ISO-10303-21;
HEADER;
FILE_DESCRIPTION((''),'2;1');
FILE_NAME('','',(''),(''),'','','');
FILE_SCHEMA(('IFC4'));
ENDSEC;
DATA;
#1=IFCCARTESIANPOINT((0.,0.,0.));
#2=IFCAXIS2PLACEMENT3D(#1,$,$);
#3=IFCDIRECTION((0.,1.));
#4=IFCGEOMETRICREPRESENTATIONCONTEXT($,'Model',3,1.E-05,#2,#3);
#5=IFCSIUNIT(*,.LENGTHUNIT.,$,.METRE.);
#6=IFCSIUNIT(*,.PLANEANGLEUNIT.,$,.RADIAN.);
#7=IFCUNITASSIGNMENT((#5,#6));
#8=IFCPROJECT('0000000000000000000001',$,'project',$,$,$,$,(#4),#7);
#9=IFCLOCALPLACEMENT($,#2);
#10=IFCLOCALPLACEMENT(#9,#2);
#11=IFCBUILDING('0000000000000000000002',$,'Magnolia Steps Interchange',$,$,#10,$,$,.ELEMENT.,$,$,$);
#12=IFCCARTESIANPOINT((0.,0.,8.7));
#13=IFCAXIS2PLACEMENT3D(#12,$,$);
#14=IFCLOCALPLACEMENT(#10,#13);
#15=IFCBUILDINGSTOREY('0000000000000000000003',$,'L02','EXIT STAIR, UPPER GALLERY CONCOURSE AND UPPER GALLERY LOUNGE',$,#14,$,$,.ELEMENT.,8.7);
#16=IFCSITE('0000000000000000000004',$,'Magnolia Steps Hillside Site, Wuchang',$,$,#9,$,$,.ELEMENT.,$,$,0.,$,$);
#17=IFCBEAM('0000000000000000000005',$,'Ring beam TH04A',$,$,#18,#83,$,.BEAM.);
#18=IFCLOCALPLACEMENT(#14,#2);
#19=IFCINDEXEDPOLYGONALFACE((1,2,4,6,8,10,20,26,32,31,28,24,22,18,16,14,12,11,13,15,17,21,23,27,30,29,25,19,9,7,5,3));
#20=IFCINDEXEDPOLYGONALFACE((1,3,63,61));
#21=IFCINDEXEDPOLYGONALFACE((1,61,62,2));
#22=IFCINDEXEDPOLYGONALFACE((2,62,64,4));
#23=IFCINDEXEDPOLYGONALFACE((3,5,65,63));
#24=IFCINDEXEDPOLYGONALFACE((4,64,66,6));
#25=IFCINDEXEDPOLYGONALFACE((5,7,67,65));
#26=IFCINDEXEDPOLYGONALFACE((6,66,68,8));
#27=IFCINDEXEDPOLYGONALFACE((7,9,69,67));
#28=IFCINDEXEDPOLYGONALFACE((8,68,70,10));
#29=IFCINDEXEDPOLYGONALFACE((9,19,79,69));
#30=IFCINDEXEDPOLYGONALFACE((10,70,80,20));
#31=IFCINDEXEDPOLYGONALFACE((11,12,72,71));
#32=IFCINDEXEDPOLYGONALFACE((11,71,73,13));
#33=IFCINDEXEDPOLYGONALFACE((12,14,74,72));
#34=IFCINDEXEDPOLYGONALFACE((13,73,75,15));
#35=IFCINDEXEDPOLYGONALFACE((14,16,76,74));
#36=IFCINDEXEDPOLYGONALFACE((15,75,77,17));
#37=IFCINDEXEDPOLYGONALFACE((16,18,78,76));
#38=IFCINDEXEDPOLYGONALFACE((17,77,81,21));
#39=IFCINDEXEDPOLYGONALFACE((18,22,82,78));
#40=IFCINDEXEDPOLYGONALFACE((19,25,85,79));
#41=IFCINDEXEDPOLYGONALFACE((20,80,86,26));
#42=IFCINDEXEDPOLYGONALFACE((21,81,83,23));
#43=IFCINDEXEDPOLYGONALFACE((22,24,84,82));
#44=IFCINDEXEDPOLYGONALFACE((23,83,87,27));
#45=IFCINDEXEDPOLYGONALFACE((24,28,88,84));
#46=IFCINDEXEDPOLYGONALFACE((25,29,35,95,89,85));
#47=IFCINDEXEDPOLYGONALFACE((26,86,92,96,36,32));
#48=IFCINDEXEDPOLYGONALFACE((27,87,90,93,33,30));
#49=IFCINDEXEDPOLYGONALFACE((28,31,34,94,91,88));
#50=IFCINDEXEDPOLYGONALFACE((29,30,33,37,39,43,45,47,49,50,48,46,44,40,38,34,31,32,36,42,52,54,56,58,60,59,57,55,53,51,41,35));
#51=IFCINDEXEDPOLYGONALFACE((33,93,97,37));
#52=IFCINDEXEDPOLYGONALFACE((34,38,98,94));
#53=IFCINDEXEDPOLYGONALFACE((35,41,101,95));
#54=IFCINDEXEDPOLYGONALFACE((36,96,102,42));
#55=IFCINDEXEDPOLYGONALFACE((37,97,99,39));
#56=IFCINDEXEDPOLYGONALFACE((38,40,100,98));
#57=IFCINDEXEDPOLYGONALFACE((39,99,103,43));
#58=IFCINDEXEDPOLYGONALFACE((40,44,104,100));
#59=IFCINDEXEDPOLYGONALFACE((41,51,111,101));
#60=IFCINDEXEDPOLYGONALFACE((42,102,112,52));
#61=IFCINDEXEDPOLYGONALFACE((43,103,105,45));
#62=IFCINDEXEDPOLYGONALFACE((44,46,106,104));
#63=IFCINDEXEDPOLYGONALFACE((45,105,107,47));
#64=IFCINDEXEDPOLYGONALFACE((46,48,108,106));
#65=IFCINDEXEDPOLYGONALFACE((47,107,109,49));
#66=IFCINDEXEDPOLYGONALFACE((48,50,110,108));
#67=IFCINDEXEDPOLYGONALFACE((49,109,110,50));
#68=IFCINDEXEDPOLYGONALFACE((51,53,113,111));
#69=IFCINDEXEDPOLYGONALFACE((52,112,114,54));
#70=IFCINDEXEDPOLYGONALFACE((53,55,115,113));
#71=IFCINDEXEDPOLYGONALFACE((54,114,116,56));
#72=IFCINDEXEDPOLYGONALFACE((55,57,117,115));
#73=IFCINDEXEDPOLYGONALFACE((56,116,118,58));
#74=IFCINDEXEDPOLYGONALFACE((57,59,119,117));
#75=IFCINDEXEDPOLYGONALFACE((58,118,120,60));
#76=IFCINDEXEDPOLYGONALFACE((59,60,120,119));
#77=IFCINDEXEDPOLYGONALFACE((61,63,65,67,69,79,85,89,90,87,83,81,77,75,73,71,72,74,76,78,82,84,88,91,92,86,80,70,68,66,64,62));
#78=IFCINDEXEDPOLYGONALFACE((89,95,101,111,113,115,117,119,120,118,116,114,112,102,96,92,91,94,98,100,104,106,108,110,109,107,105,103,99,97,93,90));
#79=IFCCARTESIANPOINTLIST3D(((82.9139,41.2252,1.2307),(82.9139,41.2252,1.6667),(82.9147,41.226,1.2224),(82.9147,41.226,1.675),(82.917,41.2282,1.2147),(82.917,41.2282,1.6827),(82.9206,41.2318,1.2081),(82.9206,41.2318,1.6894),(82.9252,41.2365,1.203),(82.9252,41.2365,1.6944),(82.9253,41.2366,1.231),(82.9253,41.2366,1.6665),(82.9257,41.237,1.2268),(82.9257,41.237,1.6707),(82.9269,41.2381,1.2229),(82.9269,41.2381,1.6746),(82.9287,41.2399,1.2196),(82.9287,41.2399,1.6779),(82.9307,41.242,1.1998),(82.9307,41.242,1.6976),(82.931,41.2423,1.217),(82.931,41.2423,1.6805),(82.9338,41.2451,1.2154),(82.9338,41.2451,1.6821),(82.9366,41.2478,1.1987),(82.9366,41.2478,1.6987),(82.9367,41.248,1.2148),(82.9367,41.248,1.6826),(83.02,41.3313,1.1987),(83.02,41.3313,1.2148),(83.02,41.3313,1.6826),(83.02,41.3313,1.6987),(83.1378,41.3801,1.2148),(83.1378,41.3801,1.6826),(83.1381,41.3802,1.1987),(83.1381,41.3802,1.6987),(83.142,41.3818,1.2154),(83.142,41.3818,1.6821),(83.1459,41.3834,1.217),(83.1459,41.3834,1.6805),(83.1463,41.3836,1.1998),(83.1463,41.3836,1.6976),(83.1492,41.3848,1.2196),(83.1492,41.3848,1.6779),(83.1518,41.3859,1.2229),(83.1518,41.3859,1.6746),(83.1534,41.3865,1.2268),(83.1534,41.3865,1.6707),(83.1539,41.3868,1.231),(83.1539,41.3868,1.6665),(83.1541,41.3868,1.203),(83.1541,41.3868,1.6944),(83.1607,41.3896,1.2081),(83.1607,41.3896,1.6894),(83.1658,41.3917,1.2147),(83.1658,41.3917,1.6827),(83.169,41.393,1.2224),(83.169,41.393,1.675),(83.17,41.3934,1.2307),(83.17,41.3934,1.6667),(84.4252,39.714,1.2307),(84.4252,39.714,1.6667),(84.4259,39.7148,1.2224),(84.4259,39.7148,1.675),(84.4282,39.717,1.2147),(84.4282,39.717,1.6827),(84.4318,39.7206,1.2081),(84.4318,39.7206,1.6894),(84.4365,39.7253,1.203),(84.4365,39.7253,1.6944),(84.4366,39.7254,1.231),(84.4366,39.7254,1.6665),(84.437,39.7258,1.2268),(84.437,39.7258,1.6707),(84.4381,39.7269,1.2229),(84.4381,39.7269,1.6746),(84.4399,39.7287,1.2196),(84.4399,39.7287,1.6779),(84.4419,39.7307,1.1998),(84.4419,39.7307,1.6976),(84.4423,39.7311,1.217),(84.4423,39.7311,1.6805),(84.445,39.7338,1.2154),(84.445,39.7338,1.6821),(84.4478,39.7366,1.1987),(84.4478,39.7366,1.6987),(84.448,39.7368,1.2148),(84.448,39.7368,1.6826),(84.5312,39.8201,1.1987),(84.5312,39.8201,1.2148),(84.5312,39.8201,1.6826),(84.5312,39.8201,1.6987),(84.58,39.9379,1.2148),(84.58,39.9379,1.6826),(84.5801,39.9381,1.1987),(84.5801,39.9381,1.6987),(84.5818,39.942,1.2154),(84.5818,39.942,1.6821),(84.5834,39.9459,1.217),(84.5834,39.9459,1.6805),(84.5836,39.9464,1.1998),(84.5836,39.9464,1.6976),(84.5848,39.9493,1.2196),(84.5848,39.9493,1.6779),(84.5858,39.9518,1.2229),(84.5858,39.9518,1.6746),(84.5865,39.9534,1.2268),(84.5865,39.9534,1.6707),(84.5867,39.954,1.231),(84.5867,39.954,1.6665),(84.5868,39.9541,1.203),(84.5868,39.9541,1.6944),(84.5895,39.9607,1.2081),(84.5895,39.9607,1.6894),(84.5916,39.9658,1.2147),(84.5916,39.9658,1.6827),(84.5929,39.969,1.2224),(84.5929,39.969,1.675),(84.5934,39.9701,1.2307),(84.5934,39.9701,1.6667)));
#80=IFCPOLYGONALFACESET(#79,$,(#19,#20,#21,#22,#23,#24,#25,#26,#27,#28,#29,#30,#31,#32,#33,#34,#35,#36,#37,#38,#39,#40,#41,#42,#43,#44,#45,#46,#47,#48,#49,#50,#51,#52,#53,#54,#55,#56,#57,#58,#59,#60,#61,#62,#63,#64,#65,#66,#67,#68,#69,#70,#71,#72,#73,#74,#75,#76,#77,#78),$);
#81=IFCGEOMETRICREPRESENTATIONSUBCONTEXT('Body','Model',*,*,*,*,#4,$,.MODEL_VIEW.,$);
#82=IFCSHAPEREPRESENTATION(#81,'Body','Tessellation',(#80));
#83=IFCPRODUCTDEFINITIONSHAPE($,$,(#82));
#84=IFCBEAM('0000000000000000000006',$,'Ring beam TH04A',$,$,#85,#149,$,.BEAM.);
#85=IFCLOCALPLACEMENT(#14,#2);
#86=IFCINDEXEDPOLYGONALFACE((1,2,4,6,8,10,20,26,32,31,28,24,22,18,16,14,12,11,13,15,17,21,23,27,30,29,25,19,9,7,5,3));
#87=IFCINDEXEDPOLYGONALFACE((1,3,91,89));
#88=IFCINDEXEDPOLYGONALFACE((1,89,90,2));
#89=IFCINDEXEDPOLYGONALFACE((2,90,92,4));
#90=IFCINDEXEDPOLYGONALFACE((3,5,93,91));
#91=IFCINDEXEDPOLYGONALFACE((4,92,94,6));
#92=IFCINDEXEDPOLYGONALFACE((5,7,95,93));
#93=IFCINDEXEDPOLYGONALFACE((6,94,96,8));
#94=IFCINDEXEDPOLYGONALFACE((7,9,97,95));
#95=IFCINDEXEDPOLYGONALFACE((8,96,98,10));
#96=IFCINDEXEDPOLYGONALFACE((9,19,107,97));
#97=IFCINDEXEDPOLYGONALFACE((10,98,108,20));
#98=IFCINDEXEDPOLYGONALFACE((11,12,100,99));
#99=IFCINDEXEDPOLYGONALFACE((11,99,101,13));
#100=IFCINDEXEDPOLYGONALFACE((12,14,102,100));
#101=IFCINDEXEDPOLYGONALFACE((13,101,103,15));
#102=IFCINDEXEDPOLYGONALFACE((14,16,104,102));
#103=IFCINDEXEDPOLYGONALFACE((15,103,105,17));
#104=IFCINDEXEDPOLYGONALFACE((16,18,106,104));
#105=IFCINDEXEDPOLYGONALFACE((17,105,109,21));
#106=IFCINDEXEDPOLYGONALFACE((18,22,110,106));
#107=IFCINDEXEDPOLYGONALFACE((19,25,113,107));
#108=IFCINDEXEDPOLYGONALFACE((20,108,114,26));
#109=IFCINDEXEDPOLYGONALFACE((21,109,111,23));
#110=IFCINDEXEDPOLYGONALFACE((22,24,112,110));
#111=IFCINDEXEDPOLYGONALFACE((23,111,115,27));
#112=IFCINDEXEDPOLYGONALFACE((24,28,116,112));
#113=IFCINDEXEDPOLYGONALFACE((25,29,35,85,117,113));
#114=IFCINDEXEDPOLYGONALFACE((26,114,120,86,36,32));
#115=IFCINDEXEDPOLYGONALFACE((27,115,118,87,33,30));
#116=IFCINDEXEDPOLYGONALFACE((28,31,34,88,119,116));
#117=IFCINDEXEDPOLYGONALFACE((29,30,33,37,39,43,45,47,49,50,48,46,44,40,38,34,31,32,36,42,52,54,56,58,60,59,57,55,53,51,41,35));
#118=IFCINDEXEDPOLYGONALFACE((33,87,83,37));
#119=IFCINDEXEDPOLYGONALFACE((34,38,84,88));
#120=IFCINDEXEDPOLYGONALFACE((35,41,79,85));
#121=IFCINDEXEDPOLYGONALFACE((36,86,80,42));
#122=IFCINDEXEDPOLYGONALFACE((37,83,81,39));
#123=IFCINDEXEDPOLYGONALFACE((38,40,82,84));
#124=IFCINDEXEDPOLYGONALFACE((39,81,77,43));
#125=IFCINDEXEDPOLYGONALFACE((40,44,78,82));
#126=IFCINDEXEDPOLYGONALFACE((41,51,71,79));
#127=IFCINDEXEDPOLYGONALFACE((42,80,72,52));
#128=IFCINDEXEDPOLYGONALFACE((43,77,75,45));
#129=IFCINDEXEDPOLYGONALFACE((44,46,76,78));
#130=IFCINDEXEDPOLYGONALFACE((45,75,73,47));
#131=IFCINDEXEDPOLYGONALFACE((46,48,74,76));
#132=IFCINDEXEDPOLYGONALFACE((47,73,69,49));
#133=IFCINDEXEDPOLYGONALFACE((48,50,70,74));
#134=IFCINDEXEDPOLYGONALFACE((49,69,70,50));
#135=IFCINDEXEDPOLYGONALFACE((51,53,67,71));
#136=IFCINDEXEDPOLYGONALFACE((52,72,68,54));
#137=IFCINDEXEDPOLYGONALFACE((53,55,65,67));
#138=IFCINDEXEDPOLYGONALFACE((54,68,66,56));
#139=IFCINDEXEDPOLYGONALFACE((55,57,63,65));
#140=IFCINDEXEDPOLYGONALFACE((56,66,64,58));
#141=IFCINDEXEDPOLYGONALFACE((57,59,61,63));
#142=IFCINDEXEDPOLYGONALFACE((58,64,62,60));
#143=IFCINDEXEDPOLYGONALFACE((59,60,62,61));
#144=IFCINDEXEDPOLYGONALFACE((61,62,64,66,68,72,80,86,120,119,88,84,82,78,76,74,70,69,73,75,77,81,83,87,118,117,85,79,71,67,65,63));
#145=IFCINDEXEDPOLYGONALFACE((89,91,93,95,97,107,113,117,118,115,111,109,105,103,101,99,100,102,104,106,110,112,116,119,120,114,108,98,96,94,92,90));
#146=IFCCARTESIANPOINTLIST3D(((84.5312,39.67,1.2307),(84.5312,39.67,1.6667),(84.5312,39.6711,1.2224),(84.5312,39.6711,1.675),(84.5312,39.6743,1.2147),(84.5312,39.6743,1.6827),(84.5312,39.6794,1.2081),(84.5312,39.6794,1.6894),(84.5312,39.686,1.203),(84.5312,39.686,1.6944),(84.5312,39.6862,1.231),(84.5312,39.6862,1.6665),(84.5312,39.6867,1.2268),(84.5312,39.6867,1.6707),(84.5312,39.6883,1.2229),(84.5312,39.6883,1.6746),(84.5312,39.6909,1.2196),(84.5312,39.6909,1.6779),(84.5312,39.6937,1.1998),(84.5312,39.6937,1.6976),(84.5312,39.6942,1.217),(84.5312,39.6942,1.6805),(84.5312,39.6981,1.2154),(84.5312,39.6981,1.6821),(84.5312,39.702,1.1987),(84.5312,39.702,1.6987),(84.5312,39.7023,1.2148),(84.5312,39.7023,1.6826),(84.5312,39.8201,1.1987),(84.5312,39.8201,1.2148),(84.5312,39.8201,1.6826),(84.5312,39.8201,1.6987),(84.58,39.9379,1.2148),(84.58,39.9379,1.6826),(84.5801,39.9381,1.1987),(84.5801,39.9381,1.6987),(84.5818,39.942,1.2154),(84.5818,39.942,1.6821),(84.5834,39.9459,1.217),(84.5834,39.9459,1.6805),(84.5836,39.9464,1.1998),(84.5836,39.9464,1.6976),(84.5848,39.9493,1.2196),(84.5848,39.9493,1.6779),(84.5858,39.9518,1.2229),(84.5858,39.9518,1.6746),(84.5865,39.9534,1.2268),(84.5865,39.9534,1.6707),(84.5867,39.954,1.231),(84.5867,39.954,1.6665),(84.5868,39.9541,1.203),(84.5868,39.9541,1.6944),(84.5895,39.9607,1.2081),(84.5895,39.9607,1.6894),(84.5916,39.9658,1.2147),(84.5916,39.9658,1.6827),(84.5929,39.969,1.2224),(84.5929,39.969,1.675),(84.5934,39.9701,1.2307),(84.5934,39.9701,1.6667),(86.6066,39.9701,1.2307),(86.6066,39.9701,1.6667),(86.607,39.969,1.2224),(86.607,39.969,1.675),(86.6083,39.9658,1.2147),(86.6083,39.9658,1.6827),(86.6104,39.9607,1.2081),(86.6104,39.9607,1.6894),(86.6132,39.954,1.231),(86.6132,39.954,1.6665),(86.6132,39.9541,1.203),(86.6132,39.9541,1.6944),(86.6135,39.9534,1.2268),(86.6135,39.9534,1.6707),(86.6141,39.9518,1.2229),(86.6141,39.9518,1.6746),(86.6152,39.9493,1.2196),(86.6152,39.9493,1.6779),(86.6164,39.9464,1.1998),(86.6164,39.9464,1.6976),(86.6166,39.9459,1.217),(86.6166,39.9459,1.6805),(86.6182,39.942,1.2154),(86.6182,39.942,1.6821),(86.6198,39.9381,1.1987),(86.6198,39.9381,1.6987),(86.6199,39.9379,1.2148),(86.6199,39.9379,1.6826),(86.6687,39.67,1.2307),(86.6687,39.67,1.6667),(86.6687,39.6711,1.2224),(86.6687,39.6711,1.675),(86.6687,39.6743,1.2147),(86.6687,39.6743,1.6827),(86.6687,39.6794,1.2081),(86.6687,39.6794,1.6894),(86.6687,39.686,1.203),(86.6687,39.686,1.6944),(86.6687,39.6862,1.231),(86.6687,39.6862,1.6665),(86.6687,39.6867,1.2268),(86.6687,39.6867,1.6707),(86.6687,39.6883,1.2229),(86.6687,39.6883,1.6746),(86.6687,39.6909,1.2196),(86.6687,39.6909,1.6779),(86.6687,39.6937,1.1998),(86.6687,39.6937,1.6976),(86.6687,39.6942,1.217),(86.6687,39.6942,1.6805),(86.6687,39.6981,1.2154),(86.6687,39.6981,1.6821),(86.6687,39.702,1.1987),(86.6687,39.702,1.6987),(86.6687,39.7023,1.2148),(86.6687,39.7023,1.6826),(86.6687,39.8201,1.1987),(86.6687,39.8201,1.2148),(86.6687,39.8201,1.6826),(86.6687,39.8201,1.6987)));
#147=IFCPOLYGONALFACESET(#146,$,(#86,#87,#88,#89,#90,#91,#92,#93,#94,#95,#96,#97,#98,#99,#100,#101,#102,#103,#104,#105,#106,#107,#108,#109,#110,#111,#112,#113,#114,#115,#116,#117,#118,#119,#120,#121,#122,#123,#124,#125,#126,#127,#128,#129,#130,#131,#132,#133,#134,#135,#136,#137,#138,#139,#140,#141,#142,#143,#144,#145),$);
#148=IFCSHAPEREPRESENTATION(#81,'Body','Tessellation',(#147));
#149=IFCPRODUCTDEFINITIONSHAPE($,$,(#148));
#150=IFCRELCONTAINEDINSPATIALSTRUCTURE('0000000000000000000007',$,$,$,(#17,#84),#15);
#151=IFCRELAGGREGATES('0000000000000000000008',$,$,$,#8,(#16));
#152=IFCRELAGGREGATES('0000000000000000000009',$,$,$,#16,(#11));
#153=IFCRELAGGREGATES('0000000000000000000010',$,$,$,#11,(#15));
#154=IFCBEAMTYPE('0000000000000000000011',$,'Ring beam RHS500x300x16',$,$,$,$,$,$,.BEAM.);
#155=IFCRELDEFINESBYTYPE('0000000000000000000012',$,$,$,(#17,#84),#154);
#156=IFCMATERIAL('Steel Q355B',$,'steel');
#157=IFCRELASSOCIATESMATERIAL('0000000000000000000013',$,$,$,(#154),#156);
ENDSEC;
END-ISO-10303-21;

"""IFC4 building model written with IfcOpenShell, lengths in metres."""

from ifc_helpers import new_model, si_unit, direction, frame, origin, origin_2d, place, context, subcontext, project, spatial, hollow_rectangle, extrude, clip, halfspace, material, material_profile, profile_set, type_object, element, save


model = new_model("IFC4")

# Units and contexts
model_context = context("Model", 3, precision=1e-05, world=origin(), true_north=direction((0.0, 1.0)))
body_context = subcontext(model_context, "Body", "Model", "MODEL_VIEW")
ifc_project = project(units=[si_unit("LENGTHUNIT", "METRE"), si_unit("PLANEANGLEUNIT", "RADIAN")], contexts=[model_context])

# Site, building, storey
site_placement = place(None, origin())
site = spatial("IfcSite", under=ifc_project, at=site_placement, Name="Magnolia Steps Hillside Site, Wuchang", CompositionType="ELEMENT", RefElevation=0.0)
building_placement = place(site_placement, origin())
building = spatial("IfcBuilding", under=site, at=building_placement, Name="Magnolia Steps Interchange", CompositionType="ELEMENT")
storey_placement = place(building_placement, frame((0.0, 0.0, 8.7)))
storey = spatial("IfcBuildingStorey", under=building, at=storey_placement, Name="L02", Description="EXIT STAIR, UPPER GALLERY CONCOURSE AND UPPER GALLERY LOUNGE", CompositionType="ELEMENT", Elevation=8.7)

# Beams
ifc_material_1 = material(Name="Steel Q355B", Category="steel")
ifc_material_profile_1 = material_profile(ifc_material_1, hollow_rectangle(XDim=0.3, YDim=0.5, WallThickness=0.0161, InnerFilletRadius=0.0161, OuterFilletRadius=0.032, at=origin_2d()), Name="RHS500x300x16")
ifc_profile_set_1 = profile_set([ifc_material_profile_1], Name="Steel Q355B")
beam_type_1 = type_object("IfcBeamType", Name="Ring beam RHS500x300x16", PredefinedType="BEAM", material=ifc_profile_set_1)
beam_1_placement = place(storey_placement, frame((83.02, 41.3313, 1.4487), z_axis=(0.707107, -0.707107, 0.0), x_axis=(0.707107, 0.707107, 0.0)))
element("IfcBeam", 1, at=beam_1_placement, inside=storey, type_object=beam_type_1, Name="Ring beam TH04A", PredefinedType="BEAM", context=body_context, shape_type="Clipping", body=[
    clip(clip(extrude(hollow_rectangle(XDim=0.3, YDim=0.5, WallThickness=0.0161, InnerFilletRadius=0.0161, OuterFilletRadius=0.032, at=origin_2d()), origin(), (0.0, 0.0, 1.0), 2.1372), halfspace(frame((0.0, 0.0, 0.0), z_axis=(0.382683, 0.0, -0.92388), x_axis=(0.92388, 0.0, 0.382683)), False)), halfspace(frame((0.0, 0.0, 2.1372), z_axis=(0.382683, 0.0, 0.92388), x_axis=(0.92388, 0.0, -0.382683)), False)),
])
beam_2_placement = place(storey_placement, frame((84.5312, 39.8201, 1.4487), z_axis=(1.0, 0.0, 0.0), x_axis=(0.0, 1.0, 0.0)))
element("IfcBeam", 2, at=beam_2_placement, inside=storey, type_object=beam_type_1, Name="Ring beam TH04A", PredefinedType="BEAM", context=body_context, shape_type="Clipping", body=[
    clip(clip(extrude(hollow_rectangle(XDim=0.3, YDim=0.5, WallThickness=0.0161, InnerFilletRadius=0.0161, OuterFilletRadius=0.032, at=origin_2d()), origin(), (0.0, 0.0, 1.0), 2.1375), halfspace(frame((0.0, 0.0, 0.0), z_axis=(0.382683, 0.0, -0.92388), x_axis=(0.92388, 0.0, 0.382683)), False)), halfspace(frame((0.0, 0.0, 2.1375), z_axis=(0.382683, 0.0, 0.92388), x_axis=(0.92388, 0.0, -0.382683)), False)),
])

save(model, "model.ifc")
